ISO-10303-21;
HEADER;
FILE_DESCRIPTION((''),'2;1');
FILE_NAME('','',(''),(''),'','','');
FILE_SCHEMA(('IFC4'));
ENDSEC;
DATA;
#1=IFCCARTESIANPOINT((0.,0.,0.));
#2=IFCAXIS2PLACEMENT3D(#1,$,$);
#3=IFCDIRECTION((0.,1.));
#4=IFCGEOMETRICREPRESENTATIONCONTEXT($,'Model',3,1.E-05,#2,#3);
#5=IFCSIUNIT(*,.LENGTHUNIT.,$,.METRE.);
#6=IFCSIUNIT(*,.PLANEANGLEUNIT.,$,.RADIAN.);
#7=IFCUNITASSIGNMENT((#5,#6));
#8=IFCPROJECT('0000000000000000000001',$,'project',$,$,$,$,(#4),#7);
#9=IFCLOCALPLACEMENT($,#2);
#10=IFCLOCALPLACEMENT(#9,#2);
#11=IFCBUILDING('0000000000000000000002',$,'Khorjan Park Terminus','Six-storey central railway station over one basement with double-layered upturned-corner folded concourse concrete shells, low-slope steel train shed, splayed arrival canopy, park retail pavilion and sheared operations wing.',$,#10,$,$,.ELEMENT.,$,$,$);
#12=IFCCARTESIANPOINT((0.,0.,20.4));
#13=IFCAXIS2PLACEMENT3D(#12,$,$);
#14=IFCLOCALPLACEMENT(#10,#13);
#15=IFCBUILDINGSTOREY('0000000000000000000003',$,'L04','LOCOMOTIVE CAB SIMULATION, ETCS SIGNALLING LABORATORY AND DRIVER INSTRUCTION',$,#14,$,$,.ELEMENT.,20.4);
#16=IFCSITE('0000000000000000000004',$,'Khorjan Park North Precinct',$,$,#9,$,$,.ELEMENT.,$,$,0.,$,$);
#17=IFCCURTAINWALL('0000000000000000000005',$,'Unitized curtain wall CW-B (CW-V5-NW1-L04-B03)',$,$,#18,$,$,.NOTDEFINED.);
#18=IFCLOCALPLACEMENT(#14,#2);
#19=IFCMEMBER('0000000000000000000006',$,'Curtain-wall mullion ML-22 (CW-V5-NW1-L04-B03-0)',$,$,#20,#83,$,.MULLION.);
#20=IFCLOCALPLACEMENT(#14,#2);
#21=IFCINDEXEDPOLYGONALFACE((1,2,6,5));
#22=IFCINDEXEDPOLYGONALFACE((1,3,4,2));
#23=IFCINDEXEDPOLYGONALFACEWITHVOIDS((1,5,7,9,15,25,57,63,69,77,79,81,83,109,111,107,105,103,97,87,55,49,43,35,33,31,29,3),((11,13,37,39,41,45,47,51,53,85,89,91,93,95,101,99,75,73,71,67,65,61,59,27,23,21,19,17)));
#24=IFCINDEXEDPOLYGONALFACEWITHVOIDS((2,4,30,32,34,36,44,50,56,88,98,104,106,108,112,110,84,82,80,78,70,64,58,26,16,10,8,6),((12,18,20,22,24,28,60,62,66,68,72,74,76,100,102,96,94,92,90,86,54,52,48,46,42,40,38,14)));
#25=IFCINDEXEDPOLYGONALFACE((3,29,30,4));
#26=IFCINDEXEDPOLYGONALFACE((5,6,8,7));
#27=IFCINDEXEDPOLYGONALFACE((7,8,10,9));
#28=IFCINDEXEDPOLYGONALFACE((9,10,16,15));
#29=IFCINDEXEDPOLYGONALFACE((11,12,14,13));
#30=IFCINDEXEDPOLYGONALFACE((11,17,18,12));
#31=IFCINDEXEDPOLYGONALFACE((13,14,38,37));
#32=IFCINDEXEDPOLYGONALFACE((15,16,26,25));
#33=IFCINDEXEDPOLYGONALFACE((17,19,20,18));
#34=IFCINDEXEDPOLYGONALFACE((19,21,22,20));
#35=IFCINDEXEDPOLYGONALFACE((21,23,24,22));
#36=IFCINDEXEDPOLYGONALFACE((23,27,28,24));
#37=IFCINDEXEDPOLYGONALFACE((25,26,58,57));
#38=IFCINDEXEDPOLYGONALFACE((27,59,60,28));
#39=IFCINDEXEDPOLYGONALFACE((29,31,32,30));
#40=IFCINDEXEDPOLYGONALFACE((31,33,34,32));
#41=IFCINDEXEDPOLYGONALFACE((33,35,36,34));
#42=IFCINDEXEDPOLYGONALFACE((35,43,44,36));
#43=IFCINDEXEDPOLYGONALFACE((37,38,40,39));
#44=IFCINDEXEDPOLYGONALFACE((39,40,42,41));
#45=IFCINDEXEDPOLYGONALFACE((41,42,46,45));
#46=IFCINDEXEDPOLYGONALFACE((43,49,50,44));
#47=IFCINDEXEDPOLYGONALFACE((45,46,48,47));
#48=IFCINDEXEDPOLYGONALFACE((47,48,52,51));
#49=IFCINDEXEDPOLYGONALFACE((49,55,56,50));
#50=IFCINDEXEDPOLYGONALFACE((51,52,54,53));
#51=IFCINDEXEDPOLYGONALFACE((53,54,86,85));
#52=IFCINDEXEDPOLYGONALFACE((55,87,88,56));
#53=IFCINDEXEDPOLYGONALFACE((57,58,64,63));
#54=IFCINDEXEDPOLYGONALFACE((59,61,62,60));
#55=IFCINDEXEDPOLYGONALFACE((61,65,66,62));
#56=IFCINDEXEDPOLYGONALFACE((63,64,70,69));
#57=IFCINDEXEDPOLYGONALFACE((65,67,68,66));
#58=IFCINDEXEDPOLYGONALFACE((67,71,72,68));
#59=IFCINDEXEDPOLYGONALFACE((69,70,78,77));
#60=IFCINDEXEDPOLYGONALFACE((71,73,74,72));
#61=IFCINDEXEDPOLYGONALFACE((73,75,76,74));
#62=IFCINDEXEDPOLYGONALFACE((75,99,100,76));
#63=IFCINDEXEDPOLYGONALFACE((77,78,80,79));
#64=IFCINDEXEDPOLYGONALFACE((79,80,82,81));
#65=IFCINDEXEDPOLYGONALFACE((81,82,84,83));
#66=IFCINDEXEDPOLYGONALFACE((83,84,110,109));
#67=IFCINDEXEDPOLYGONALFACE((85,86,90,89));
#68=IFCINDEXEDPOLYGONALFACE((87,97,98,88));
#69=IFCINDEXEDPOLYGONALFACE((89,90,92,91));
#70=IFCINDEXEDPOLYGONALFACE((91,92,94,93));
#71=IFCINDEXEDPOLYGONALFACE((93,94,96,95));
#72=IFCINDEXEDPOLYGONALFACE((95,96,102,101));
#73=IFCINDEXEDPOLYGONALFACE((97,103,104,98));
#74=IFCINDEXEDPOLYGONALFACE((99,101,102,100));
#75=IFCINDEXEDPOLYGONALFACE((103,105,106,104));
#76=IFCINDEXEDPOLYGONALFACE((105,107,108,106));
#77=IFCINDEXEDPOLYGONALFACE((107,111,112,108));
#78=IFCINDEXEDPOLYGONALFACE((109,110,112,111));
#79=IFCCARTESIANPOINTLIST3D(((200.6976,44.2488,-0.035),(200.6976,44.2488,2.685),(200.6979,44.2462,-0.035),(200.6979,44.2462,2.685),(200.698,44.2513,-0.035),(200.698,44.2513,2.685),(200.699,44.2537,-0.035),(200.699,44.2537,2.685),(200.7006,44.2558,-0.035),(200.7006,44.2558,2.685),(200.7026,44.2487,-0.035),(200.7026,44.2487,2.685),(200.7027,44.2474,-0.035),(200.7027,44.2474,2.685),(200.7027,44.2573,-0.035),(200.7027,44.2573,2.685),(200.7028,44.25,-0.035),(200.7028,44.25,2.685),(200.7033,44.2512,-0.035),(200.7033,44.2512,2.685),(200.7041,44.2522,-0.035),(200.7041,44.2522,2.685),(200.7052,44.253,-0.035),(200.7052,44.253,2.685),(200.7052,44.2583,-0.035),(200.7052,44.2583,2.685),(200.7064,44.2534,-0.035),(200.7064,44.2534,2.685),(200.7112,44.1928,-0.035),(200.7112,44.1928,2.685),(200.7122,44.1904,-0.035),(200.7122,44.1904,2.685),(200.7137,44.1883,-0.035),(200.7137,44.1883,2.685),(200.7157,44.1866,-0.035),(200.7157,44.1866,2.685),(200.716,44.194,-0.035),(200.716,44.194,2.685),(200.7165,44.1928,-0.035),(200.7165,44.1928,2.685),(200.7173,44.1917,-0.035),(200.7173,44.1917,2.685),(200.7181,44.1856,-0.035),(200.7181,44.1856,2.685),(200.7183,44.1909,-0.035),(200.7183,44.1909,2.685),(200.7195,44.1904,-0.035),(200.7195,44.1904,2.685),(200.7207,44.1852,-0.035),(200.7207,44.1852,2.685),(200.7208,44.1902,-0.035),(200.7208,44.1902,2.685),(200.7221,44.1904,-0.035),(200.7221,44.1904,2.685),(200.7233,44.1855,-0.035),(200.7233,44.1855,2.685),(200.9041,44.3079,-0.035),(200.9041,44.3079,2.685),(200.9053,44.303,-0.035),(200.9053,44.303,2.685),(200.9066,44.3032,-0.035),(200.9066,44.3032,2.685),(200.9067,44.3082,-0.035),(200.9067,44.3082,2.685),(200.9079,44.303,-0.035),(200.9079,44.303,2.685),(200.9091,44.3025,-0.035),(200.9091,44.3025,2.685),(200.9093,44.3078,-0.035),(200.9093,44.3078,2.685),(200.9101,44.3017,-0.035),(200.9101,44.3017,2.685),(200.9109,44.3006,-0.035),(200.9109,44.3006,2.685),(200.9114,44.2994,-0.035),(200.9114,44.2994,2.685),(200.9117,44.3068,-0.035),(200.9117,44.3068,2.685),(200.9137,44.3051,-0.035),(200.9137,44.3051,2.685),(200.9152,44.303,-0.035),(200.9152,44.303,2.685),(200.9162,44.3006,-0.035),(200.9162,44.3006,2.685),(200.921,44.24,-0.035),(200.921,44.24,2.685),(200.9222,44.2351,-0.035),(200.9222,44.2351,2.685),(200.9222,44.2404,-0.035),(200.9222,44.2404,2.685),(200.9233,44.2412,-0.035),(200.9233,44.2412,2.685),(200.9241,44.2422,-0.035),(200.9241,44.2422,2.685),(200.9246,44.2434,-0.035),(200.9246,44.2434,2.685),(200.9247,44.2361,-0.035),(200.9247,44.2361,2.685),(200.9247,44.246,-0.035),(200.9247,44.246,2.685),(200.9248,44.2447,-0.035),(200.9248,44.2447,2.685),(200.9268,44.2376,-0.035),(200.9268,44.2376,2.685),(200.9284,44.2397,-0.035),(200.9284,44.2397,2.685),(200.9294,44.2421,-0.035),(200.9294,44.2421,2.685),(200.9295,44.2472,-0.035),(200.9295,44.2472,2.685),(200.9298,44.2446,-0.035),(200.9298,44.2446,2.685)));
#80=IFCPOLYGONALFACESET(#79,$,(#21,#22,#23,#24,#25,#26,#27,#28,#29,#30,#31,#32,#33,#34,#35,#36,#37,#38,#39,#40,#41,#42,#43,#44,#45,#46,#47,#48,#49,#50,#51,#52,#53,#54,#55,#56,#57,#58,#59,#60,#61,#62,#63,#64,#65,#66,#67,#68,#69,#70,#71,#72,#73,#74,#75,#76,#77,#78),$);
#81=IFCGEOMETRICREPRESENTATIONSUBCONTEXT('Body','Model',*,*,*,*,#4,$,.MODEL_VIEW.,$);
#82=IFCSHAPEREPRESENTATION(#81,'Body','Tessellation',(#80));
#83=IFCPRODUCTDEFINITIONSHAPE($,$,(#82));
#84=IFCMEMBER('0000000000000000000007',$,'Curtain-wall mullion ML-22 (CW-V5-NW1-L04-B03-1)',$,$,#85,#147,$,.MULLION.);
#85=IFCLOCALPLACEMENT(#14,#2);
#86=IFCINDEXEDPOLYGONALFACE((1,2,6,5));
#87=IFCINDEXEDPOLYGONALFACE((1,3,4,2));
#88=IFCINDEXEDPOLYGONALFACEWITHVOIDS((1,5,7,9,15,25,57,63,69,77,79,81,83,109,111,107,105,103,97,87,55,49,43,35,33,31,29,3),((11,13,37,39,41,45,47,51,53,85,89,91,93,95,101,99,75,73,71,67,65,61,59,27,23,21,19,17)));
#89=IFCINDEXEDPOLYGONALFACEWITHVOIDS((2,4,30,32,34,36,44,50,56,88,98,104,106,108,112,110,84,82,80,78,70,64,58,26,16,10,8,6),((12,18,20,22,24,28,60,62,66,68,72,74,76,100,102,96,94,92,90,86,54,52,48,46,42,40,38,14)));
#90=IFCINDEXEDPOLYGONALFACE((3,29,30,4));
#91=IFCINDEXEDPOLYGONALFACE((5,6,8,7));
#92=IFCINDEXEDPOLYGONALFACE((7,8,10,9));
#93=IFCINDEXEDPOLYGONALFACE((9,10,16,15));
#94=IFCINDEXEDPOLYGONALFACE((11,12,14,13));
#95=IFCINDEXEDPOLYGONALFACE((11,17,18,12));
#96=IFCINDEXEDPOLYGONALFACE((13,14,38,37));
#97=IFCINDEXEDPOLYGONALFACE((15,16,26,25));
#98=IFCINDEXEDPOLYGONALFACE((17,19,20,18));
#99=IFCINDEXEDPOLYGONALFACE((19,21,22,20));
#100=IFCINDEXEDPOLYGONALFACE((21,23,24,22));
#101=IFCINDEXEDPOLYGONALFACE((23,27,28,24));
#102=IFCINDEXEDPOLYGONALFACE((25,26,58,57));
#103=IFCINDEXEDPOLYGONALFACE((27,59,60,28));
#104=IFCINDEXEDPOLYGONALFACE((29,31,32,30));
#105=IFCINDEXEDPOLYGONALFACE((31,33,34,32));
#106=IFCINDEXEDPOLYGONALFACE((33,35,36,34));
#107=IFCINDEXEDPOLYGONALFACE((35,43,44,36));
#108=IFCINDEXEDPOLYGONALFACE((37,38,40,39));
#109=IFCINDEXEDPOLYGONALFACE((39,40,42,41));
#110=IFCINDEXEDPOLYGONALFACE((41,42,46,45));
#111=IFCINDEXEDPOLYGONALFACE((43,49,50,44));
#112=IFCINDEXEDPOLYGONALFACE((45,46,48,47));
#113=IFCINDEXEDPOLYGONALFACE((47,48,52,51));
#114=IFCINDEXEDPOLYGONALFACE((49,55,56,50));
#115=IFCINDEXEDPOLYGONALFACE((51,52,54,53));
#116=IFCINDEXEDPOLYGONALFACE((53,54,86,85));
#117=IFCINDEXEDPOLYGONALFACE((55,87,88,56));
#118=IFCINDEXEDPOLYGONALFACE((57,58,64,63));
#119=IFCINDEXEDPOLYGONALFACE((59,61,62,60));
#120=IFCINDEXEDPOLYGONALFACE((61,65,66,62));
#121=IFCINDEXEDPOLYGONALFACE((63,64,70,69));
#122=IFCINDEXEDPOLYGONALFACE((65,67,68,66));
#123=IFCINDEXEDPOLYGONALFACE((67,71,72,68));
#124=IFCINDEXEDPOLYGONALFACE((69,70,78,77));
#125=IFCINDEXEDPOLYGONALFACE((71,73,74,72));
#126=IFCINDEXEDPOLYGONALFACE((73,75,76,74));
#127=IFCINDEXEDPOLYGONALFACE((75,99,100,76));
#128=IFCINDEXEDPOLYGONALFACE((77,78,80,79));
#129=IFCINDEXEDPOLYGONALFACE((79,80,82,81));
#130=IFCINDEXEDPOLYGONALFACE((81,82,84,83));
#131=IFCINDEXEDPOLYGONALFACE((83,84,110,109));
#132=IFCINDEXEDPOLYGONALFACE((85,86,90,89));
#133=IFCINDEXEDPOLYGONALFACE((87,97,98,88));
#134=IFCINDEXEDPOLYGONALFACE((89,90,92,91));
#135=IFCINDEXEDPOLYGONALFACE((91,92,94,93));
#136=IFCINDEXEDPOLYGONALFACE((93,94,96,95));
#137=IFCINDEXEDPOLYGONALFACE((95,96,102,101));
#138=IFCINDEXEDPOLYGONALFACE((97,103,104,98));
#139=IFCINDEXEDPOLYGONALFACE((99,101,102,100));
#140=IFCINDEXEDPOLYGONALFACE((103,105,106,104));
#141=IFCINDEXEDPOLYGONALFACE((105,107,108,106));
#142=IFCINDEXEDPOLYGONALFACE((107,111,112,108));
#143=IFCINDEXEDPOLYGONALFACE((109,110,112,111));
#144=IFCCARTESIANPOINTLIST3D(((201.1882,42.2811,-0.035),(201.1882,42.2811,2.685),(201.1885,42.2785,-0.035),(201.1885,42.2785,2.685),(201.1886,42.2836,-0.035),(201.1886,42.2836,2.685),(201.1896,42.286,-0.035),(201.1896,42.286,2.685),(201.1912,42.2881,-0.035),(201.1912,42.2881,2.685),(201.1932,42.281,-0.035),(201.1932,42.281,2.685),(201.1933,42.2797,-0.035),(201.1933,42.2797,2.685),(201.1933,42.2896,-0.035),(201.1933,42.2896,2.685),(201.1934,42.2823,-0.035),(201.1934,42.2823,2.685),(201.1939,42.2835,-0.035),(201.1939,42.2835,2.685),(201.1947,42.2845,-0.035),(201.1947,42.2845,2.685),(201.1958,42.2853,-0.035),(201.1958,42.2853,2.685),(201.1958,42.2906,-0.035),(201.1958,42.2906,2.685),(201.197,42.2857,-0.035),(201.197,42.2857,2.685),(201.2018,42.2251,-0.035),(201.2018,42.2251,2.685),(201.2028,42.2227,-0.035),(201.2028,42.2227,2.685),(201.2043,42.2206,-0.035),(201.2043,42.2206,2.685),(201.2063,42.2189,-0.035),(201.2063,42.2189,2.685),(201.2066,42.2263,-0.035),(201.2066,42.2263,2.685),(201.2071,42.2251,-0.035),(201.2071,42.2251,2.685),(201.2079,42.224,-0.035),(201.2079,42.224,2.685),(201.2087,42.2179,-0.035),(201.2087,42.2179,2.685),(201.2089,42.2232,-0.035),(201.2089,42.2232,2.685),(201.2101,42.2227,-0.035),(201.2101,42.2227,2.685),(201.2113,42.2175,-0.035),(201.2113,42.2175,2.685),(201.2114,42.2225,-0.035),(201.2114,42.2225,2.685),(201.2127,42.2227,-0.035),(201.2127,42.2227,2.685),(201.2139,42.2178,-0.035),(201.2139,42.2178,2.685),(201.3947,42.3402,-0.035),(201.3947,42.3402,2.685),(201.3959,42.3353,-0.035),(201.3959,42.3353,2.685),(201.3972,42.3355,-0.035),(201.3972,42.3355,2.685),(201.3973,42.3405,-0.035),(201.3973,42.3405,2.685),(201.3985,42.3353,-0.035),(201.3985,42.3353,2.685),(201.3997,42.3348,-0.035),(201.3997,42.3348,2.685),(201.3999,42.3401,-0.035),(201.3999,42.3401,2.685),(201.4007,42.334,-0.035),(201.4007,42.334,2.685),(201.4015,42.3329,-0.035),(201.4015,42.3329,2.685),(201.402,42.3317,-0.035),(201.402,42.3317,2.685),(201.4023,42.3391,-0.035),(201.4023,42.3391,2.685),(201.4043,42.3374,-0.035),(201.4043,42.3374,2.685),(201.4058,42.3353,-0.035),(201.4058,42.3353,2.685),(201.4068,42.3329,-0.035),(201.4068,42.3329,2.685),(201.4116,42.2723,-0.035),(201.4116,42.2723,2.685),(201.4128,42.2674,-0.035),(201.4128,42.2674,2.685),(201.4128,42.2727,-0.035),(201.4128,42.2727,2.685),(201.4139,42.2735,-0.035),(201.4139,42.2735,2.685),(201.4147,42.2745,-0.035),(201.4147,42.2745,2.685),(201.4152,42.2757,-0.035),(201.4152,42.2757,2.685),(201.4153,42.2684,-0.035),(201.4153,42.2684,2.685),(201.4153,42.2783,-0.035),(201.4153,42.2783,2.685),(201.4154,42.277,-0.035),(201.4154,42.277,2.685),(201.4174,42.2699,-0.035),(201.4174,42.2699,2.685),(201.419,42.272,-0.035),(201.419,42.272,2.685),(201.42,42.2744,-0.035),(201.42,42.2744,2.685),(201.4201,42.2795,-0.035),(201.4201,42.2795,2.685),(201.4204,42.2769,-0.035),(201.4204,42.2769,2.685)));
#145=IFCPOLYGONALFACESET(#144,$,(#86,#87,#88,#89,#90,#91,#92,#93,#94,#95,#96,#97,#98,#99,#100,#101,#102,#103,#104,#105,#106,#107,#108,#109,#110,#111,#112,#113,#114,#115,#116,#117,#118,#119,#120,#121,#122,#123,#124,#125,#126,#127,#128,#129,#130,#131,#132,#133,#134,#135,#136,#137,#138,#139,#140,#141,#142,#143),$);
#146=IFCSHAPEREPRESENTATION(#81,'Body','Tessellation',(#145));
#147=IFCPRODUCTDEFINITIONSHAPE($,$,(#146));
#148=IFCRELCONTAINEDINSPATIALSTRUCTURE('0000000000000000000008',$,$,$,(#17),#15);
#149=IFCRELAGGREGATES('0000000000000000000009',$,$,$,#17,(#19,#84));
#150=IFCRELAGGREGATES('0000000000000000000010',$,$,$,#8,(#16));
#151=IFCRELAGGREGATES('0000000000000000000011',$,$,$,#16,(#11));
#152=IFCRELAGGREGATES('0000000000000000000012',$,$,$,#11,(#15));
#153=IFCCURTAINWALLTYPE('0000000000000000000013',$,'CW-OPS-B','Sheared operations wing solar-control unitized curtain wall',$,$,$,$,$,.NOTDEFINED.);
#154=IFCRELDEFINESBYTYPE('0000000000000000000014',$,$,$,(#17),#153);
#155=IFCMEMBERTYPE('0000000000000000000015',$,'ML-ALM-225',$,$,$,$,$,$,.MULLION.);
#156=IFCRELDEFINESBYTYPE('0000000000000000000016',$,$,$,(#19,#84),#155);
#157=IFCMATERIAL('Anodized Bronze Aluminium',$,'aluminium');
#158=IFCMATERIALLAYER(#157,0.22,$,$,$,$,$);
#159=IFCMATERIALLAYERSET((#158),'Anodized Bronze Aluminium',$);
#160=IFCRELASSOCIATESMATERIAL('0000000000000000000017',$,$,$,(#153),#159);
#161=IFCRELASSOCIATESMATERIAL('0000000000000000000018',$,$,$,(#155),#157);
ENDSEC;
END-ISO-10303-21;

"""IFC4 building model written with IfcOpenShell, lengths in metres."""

from ifc_helpers import new_model, si_unit, direction, frame, origin, origin_2d, place, context, subcontext, project, spatial, hollow_rectangle, extrude, material, layer, layer_set, material_profile, profile_set, type_object, element, aggregate, save


model = new_model("IFC4")

# Units and contexts
model_context = context("Model", 3, precision=1e-05, world=origin(), true_north=direction((0.0, 1.0)))
body_context = subcontext(model_context, "Body", "Model", "MODEL_VIEW")
ifc_project = project(units=[si_unit("LENGTHUNIT", "METRE"), si_unit("PLANEANGLEUNIT", "RADIAN")], contexts=[model_context])

# Site, building, storey
site_placement = place(None, origin())
site = spatial("IfcSite", under=ifc_project, at=site_placement, Name="Khorjan Park North Precinct", CompositionType="ELEMENT", RefElevation=0.0)
building_placement = place(site_placement, origin())
building = spatial("IfcBuilding", under=site, at=building_placement, Name="Khorjan Park Terminus", Description="Six-storey central railway station over one basement with double-layered upturned-corner folded concourse concrete shells, low-slope steel train shed, splayed arrival canopy, park retail pavilion and sheared operations wing.", CompositionType="ELEMENT")
storey_placement = place(building_placement, frame((0.0, 0.0, 20.4)))
storey = spatial("IfcBuildingStorey", under=building, at=storey_placement, Name="L04", Description="LOCOMOTIVE CAB SIMULATION, ETCS SIGNALLING LABORATORY AND DRIVER INSTRUCTION", CompositionType="ELEMENT", Elevation=20.4)

# Curtain wall, members
ifc_material_1 = material(Name="Anodized Bronze Aluminium", Category="aluminium")
ifc_layer_1 = layer(ifc_material_1, 0.22)
ifc_layer_set_1 = layer_set([ifc_layer_1], Name="Anodized Bronze Aluminium")
curtain_wall_type = type_object("IfcCurtainWallType", Name="CW-OPS-B", Description="Sheared operations wing solar-control unitized curtain wall", PredefinedType="NOTDEFINED", material=ifc_layer_set_1)
ifc_material_profile_1 = material_profile(ifc_material_1, hollow_rectangle(XDim=0.075, YDim=0.225, WallThickness=0.005, InnerFilletRadius=0.005, OuterFilletRadius=0.01, at=origin_2d()), Name="ALM 75x225x5")
ifc_profile_set_1 = profile_set([ifc_material_profile_1], Name="Anodized Bronze Aluminium")
member_type_1 = type_object("IfcMemberType", Name="ML-ALM-225", PredefinedType="MULLION", material=ifc_profile_set_1)
curtain_wall_1_placement = place(storey_placement, origin())
curtain_wall_1 = element("IfcCurtainWall", 1, at=curtain_wall_1_placement, inside=storey, type_object=curtain_wall_type, Name="Unitized curtain wall CW-B (CW-V5-NW1-L04-B03)", PredefinedType="NOTDEFINED")
member_1_placement = place(storey_placement, frame((200.8137, 44.2467, -0.035), z_axis=(0.0, 0.0, 1.0), x_axis=(0.241921, -0.970296, 0.0)))
member_1 = element("IfcMember", 2, at=member_1_placement, type_object=member_type_1, Name="Curtain-wall mullion ML-22 (CW-V5-NW1-L04-B03-0)", PredefinedType="MULLION", context=body_context, shape_type="SweptSolid", body=[
    extrude(hollow_rectangle(XDim=0.075, YDim=0.225, WallThickness=0.005, InnerFilletRadius=0.005, OuterFilletRadius=0.01, at=origin_2d()), origin(), (0.0, 0.0, 1.0), 2.72),
])
member_2_placement = place(storey_placement, frame((201.3043, 42.279, -0.035), z_axis=(0.0, 0.0, 1.0), x_axis=(0.241921, -0.970296, 0.0)))
member_2 = element("IfcMember", 3, at=member_2_placement, type_object=member_type_1, Name="Curtain-wall mullion ML-22 (CW-V5-NW1-L04-B03-1)", PredefinedType="MULLION", context=body_context, shape_type="SweptSolid", body=[
    extrude(hollow_rectangle(XDim=0.075, YDim=0.225, WallThickness=0.005, InnerFilletRadius=0.005, OuterFilletRadius=0.01, at=origin_2d()), origin(), (0.0, 0.0, 1.0), 2.72),
])

aggregate(curtain_wall_1, [member_1, member_2])

save(model, "model.ifc")
